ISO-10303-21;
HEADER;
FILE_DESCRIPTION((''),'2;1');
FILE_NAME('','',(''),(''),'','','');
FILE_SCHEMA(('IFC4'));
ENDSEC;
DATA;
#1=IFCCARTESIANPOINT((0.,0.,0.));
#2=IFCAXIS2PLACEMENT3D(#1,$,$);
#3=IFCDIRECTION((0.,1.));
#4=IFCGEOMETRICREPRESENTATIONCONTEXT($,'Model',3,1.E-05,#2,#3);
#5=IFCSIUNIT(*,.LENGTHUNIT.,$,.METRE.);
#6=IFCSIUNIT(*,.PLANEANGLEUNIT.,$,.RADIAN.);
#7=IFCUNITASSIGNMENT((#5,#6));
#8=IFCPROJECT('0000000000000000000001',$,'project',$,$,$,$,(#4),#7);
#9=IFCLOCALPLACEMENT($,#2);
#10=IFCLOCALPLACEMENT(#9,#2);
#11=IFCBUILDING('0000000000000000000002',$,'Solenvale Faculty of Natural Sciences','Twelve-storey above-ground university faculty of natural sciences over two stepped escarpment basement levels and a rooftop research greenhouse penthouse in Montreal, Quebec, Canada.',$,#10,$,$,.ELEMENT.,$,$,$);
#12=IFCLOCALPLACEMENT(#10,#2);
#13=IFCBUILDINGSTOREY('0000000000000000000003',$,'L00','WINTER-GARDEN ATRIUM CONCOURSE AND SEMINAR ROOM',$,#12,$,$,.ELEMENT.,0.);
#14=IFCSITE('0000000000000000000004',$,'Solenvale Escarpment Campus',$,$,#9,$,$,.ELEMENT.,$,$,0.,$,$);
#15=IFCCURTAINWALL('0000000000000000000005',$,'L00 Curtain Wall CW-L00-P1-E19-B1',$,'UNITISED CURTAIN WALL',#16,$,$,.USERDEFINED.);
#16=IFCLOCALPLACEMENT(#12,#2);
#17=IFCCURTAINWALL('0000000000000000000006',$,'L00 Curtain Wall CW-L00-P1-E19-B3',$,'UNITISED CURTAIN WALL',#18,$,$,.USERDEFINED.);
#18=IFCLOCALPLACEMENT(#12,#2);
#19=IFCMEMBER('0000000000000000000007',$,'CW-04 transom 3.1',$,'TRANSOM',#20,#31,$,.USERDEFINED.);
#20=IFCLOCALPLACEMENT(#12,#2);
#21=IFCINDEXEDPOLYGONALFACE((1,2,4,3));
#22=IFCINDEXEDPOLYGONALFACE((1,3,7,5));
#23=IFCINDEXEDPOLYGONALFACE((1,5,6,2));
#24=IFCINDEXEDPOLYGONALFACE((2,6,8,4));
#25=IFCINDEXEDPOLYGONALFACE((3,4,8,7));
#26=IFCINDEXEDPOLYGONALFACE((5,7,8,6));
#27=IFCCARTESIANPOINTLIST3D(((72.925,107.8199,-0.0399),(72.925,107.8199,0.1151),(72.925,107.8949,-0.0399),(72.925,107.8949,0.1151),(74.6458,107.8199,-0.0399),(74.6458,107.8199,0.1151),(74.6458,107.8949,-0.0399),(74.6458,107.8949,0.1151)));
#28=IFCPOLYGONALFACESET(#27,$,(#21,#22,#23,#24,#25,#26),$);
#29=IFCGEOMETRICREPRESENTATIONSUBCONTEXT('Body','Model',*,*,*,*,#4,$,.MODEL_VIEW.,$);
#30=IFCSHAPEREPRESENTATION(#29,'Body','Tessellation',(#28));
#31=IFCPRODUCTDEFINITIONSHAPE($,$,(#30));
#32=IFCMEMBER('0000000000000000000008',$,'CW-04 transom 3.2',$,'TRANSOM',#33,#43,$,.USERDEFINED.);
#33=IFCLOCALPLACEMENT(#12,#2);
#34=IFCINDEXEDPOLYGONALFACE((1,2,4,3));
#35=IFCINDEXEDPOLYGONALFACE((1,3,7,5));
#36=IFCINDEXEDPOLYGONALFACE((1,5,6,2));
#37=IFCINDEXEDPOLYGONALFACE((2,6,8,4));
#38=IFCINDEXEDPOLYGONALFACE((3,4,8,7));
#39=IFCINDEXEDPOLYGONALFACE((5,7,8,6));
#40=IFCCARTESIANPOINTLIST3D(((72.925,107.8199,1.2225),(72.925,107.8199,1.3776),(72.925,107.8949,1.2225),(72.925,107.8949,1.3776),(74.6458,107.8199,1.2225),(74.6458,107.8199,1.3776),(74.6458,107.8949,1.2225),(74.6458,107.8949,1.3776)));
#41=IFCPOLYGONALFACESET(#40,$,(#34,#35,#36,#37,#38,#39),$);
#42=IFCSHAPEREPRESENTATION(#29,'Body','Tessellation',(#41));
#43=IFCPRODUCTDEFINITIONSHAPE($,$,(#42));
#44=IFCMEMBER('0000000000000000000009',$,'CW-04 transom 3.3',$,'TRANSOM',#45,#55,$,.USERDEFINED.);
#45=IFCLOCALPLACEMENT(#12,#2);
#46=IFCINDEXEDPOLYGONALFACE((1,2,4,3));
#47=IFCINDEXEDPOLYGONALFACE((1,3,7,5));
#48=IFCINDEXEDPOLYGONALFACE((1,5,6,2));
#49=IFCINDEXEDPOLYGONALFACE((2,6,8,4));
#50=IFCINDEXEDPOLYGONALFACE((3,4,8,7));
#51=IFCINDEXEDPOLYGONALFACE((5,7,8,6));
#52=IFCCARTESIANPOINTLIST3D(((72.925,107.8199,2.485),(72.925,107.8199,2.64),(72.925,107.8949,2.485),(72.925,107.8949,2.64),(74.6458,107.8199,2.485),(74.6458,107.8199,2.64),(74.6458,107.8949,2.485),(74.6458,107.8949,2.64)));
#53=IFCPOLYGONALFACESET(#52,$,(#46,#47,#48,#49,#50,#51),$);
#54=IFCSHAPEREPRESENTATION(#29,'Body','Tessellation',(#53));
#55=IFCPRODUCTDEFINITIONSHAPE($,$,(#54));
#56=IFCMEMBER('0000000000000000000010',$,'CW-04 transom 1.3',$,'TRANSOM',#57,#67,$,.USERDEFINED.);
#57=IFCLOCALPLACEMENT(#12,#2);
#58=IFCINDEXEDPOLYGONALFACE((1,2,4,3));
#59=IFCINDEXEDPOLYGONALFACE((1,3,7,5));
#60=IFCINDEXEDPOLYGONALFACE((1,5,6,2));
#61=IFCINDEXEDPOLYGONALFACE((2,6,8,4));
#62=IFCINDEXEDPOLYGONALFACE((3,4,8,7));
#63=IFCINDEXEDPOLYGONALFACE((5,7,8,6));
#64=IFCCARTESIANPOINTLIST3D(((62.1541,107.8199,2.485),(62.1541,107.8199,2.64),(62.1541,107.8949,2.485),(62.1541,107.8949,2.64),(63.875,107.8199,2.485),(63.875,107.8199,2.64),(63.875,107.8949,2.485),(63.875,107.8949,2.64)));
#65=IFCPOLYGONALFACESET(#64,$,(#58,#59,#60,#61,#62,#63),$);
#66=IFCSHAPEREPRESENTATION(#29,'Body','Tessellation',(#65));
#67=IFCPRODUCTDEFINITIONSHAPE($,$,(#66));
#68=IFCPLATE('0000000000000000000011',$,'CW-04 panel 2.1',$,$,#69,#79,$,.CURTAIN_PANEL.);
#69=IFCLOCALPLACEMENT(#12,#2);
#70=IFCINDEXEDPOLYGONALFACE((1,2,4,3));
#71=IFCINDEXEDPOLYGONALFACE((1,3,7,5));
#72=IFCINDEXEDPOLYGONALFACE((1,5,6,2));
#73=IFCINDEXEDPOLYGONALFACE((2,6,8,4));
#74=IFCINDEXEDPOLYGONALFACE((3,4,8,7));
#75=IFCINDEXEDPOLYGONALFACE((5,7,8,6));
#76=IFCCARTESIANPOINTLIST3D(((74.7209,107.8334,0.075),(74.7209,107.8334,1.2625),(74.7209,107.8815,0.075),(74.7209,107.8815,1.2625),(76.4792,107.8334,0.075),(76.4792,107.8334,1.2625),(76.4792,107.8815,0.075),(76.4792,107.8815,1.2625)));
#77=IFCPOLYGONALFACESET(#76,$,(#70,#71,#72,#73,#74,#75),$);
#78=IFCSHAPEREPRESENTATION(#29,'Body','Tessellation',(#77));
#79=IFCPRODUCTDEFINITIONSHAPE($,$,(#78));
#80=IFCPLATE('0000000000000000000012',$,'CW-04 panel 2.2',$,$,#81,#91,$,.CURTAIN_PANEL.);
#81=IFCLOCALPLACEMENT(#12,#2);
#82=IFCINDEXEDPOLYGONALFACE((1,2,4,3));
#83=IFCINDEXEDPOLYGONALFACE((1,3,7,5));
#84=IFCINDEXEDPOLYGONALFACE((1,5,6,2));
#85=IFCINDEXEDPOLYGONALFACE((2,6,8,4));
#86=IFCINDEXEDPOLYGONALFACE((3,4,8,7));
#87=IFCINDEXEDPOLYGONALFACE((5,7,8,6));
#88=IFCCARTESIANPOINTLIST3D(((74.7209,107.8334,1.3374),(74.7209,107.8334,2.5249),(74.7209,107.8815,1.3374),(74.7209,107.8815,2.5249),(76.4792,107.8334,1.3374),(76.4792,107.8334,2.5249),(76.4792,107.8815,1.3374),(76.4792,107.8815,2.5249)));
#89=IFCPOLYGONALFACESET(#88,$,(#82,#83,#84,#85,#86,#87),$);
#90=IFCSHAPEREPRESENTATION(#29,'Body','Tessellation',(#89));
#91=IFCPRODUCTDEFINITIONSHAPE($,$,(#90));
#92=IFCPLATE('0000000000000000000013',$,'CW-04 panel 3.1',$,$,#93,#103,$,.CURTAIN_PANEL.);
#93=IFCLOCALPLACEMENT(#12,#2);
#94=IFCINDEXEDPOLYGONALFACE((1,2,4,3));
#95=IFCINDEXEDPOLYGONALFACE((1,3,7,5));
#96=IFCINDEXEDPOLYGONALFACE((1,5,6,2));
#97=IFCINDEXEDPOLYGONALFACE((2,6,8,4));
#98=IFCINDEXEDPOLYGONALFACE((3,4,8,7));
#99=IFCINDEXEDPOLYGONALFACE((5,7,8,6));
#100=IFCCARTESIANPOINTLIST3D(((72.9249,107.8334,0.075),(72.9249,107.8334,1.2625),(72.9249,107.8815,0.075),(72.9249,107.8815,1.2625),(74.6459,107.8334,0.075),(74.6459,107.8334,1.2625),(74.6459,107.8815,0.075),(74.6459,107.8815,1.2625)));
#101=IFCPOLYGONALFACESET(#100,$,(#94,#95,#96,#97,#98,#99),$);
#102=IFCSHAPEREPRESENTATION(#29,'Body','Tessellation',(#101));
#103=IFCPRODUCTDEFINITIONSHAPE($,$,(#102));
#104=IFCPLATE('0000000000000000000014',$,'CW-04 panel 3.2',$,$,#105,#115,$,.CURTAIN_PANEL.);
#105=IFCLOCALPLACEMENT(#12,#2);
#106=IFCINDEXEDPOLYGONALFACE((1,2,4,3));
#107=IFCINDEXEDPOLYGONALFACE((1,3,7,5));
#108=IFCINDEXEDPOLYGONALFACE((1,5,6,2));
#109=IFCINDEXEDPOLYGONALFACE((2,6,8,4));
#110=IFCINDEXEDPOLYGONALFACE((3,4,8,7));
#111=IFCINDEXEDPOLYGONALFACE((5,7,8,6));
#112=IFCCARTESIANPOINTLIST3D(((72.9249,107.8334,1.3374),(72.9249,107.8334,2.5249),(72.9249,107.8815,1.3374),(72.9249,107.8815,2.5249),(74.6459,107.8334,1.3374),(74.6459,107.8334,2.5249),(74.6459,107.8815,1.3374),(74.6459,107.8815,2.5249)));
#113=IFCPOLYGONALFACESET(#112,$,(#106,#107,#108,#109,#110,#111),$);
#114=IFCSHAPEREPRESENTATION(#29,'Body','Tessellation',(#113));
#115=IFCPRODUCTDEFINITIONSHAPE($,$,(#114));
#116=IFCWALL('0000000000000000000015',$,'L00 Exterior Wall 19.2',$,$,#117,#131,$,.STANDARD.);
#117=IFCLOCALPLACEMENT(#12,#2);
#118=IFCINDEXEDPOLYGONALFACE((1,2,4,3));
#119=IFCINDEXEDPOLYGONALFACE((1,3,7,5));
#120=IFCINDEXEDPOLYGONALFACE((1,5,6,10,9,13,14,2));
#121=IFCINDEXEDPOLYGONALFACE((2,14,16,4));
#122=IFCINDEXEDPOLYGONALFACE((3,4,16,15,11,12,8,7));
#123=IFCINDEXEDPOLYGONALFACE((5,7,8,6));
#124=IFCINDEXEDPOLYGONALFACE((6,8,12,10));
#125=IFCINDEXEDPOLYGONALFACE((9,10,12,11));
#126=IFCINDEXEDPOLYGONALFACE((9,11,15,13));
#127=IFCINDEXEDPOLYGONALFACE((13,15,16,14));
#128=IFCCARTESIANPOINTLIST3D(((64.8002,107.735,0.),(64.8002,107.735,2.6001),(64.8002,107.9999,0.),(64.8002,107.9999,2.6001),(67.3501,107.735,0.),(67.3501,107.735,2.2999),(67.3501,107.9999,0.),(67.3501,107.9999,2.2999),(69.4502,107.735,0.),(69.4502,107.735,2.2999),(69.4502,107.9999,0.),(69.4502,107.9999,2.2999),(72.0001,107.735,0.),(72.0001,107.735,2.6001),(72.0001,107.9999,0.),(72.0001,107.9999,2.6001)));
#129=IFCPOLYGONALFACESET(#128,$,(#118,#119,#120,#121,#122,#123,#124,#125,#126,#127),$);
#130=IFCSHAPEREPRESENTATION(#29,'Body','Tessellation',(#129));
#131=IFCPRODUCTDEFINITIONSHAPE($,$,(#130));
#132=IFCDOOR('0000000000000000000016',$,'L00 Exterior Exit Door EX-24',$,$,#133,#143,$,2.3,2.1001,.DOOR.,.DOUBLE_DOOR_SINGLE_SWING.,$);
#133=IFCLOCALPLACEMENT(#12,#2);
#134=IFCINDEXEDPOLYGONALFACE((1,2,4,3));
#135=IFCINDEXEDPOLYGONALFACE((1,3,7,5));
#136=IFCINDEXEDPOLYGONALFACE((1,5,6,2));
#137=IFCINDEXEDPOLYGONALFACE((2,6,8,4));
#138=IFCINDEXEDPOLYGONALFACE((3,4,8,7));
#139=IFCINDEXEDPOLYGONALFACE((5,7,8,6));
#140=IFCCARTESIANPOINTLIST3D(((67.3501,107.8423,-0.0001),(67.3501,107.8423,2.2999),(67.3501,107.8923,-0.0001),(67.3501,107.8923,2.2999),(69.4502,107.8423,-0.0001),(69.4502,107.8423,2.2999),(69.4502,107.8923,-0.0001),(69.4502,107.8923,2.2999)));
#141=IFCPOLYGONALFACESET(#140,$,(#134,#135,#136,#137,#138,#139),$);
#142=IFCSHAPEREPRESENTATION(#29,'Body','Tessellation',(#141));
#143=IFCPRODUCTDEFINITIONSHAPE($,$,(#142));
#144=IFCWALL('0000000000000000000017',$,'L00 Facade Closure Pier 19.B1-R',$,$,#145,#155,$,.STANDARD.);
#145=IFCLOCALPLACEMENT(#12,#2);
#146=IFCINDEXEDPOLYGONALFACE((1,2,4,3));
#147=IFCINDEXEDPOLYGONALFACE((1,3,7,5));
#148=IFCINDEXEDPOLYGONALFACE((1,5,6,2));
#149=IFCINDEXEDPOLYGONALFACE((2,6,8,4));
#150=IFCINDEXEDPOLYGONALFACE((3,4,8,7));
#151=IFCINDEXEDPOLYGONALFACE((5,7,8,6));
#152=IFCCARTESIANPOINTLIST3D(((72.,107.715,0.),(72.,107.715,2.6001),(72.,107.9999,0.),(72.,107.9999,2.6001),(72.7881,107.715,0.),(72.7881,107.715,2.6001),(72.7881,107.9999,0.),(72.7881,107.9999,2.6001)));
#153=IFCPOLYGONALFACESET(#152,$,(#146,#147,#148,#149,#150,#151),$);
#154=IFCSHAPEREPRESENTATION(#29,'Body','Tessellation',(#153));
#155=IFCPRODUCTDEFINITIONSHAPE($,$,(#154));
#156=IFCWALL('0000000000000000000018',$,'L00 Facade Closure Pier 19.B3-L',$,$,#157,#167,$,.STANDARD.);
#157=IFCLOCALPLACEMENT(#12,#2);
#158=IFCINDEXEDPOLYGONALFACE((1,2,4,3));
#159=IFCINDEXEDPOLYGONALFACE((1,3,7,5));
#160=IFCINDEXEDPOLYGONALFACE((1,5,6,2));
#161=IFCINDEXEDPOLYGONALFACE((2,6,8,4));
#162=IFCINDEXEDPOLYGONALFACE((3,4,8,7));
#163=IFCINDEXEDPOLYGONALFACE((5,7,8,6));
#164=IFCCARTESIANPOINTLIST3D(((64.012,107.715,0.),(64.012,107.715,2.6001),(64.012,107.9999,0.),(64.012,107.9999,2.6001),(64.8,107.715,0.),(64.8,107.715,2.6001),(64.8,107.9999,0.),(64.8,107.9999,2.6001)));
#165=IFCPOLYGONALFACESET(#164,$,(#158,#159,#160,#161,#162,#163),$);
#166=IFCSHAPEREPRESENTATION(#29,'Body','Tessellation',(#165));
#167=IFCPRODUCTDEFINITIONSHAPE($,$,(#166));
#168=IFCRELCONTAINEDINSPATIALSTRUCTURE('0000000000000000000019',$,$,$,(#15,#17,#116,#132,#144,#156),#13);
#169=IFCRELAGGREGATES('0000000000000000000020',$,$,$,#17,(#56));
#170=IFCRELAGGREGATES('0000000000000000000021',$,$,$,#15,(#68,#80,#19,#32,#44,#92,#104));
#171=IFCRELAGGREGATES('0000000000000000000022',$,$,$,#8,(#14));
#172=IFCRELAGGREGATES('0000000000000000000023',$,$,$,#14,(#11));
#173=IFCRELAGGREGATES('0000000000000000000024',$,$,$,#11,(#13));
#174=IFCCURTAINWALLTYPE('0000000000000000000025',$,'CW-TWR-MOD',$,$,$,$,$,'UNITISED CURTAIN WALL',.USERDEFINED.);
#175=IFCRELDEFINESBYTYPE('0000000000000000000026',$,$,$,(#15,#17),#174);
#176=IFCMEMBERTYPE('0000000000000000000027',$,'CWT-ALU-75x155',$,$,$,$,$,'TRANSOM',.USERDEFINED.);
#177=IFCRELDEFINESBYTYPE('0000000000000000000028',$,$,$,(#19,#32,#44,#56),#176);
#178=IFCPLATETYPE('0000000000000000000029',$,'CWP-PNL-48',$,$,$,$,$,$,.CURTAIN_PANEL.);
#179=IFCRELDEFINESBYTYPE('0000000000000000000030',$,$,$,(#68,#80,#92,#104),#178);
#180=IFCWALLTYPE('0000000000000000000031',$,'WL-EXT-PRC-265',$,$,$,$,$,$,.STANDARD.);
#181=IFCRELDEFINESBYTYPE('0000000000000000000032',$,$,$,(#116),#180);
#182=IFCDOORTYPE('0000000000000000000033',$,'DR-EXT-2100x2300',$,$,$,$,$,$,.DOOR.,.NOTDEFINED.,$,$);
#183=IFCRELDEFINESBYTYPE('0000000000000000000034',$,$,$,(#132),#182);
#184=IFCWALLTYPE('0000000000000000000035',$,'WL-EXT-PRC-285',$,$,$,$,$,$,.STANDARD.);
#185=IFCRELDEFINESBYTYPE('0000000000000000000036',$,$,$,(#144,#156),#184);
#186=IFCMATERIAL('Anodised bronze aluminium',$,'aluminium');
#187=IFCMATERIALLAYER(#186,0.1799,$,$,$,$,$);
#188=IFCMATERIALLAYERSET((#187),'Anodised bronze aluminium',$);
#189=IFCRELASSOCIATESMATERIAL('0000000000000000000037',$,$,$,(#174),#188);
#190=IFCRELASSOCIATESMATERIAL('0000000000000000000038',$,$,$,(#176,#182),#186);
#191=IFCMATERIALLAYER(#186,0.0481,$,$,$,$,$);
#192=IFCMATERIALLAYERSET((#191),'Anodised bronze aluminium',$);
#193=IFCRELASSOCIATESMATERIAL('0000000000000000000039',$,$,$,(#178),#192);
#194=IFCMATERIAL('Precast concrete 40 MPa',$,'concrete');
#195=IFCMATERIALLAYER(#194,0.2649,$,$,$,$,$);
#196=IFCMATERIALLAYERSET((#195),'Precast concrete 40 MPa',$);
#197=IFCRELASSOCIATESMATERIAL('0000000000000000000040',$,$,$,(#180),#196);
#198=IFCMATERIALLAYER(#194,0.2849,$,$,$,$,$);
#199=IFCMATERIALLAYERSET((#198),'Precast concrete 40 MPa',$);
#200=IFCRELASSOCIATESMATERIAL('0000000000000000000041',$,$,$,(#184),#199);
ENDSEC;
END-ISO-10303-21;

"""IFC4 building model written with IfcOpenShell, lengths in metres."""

from ifc_helpers import new_model, si_unit, direction, frame, frame_2d, origin, origin_2d, place, context, subcontext, project, spatial, rectangle, extrude, material, layer, layer_set, material_profile, profile_set, type_object, element, fill, aggregate, save


model = new_model("IFC4")

# Units and contexts
model_context = context("Model", 3, precision=1e-05, world=origin(), true_north=direction((0.0, 1.0)))
body_context = subcontext(model_context, "Body", "Model", "MODEL_VIEW")
ifc_project = project(units=[si_unit("LENGTHUNIT", "METRE"), si_unit("PLANEANGLEUNIT", "RADIAN")], contexts=[model_context])

# Site, building, storey
site_placement = place(None, origin())
site = spatial("IfcSite", under=ifc_project, at=site_placement, Name="Solenvale Escarpment Campus", CompositionType="ELEMENT", RefElevation=0.0)
building_placement = place(site_placement, origin())
building = spatial("IfcBuilding", under=site, at=building_placement, Name="Solenvale Faculty of Natural Sciences", Description="Twelve-storey above-ground university faculty of natural sciences over two stepped escarpment basement levels and a rooftop research greenhouse penthouse in Montreal, Quebec, Canada.", CompositionType="ELEMENT")
storey_placement = place(building_placement, origin())
storey = spatial("IfcBuildingStorey", under=building, at=storey_placement, Name="L00", Description="WINTER-GARDEN ATRIUM CONCOURSE AND SEMINAR ROOM", CompositionType="ELEMENT", Elevation=0.0)

# Curtain wall
ifc_material_1 = material(Name="Anodised bronze aluminium", Category="aluminium")
ifc_layer_1 = layer(ifc_material_1, 0.1799)
ifc_layer_set_1 = layer_set([ifc_layer_1], Name="Anodised bronze aluminium")
curtain_wall_type = type_object("IfcCurtainWallType", Name="CW-TWR-MOD", ElementType="UNITISED CURTAIN WALL", PredefinedType="USERDEFINED", material=ifc_layer_set_1)
curtain_wall_1_placement = place(storey_placement, origin())
curtain_wall_1 = element("IfcCurtainWall", 1, at=curtain_wall_1_placement, inside=storey, type_object=curtain_wall_type, Name="L00 Curtain Wall CW-L00-P1-E19-B1", ObjectType="UNITISED CURTAIN WALL", PredefinedType="USERDEFINED")

# Curtain wall
curtain_wall_2_placement = place(storey_placement, origin())
curtain_wall_2 = element("IfcCurtainWall", 2, at=curtain_wall_2_placement, inside=storey, type_object=curtain_wall_type, Name="L00 Curtain Wall CW-L00-P1-E19-B3", ObjectType="UNITISED CURTAIN WALL", PredefinedType="USERDEFINED")

# Members
ifc_material_profile_1 = material_profile(ifc_material_1, rectangle(XDim=0.075, YDim=0.155, at=origin_2d()), Name="ALU-TRN-75x155")
ifc_profile_set_1 = profile_set([ifc_material_profile_1], Name="Anodised bronze aluminium")
member_type_1 = type_object("IfcMemberType", Name="CWT-ALU-75x155", ElementType="TRANSOM", PredefinedType="USERDEFINED", material=ifc_profile_set_1)
member_1_placement = place(storey_placement, frame((74.6458, 107.8574, 0.0376), z_axis=(-1.0, 0.0, 0.0), x_axis=(0.0, -1.0, 0.0)))
member_1 = element("IfcMember", 3, at=member_1_placement, type_object=member_type_1, Name="CW-04 transom 3.1", ObjectType="TRANSOM", PredefinedType="USERDEFINED", context=body_context, shape_type="SweptSolid", body=[
    extrude(rectangle(XDim=0.075, YDim=0.155, at=origin_2d()), origin(), (0.0, 0.0, 1.0), 1.7207),
])
member_2_placement = place(storey_placement, frame((74.6458, 107.8574, 1.3), z_axis=(-1.0, 0.0, 0.0), x_axis=(0.0, -1.0, 0.0)))
member_2 = element("IfcMember", 4, at=member_2_placement, type_object=member_type_1, Name="CW-04 transom 3.2", ObjectType="TRANSOM", PredefinedType="USERDEFINED", context=body_context, shape_type="SweptSolid", body=[
    extrude(rectangle(XDim=0.075, YDim=0.155, at=origin_2d()), origin(), (0.0, 0.0, 1.0), 1.7207),
])
member_3_placement = place(storey_placement, frame((74.6458, 107.8574, 2.5625), z_axis=(-1.0, 0.0, 0.0), x_axis=(0.0, -1.0, 0.0)))
member_3 = element("IfcMember", 5, at=member_3_placement, type_object=member_type_1, Name="CW-04 transom 3.3", ObjectType="TRANSOM", PredefinedType="USERDEFINED", context=body_context, shape_type="SweptSolid", body=[
    extrude(rectangle(XDim=0.075, YDim=0.155, at=origin_2d()), origin(), (0.0, 0.0, 1.0), 1.7207),
])
member_4_placement = place(storey_placement, frame((63.875, 107.8574, 2.5625), z_axis=(-1.0, 0.0, 0.0), x_axis=(0.0, -1.0, 0.0)))
member_4 = element("IfcMember", 6, at=member_4_placement, type_object=member_type_1, Name="CW-04 transom 1.3", ObjectType="TRANSOM", PredefinedType="USERDEFINED", context=body_context, shape_type="SweptSolid", body=[
    extrude(rectangle(XDim=0.075, YDim=0.155, at=origin_2d()), origin(), (0.0, 0.0, 1.0), 1.7209),
])
aggregate(curtain_wall_2, [member_4])

# Plates
ifc_layer_2 = layer(ifc_material_1, 0.0481)
ifc_layer_set_2 = layer_set([ifc_layer_2], Name="Anodised bronze aluminium")
plate_type = type_object("IfcPlateType", Name="CWP-PNL-48", PredefinedType="CURTAIN_PANEL", material=ifc_layer_set_2)
plate_1_placement = place(storey_placement, frame((75.6001, 107.8574, 0.075), z_axis=(0.0, 0.0, 1.0), x_axis=(-1.0, 0.0, 0.0)))
plate_1 = element("IfcPlate", 7, at=plate_1_placement, type_object=plate_type, Name="CW-04 panel 2.1", PredefinedType="CURTAIN_PANEL", context=body_context, shape_type="SweptSolid", body=[
    extrude(rectangle(XDim=1.7583, YDim=0.0481, at=origin_2d()), origin(), (0.0, 0.0, 1.0), 1.1875),
])
plate_2_placement = place(storey_placement, frame((75.6001, 107.8574, 1.3374), z_axis=(0.0, 0.0, 1.0), x_axis=(-1.0, 0.0, 0.0)))
plate_2 = element("IfcPlate", 8, at=plate_2_placement, type_object=plate_type, Name="CW-04 panel 2.2", PredefinedType="CURTAIN_PANEL", context=body_context, shape_type="SweptSolid", body=[
    extrude(rectangle(XDim=1.7583, YDim=0.0481, at=origin_2d()), origin(), (0.0, 0.0, 1.0), 1.1875),
])
plate_3_placement = place(storey_placement, frame((73.7854, 107.8574, 0.075), z_axis=(0.0, 0.0, 1.0), x_axis=(-1.0, 0.0, 0.0)))
plate_3 = element("IfcPlate", 9, at=plate_3_placement, type_object=plate_type, Name="CW-04 panel 3.1", PredefinedType="CURTAIN_PANEL", context=body_context, shape_type="SweptSolid", body=[
    extrude(rectangle(XDim=1.7209, YDim=0.0481, at=origin_2d()), origin(), (0.0, 0.0, 1.0), 1.1875),
])
plate_4_placement = place(storey_placement, frame((73.7854, 107.8574, 1.3374), z_axis=(0.0, 0.0, 1.0), x_axis=(-1.0, 0.0, 0.0)))
plate_4 = element("IfcPlate", 10, at=plate_4_placement, type_object=plate_type, Name="CW-04 panel 3.2", PredefinedType="CURTAIN_PANEL", context=body_context, shape_type="SweptSolid", body=[
    extrude(rectangle(XDim=1.7209, YDim=0.0481, at=origin_2d()), origin(), (0.0, 0.0, 1.0), 1.1875),
])
aggregate(curtain_wall_1, [plate_1, plate_2, member_1, member_2, member_3, plate_3, plate_4])

# Wall, opening, door
ifc_material_2 = material(Name="Precast concrete 40 MPa", Category="concrete")
ifc_layer_3 = layer(ifc_material_2, 0.2649)
ifc_layer_set_3 = layer_set([ifc_layer_3], Name="Precast concrete 40 MPa")
wall_type_1 = type_object("IfcWallType", Name="WL-EXT-PRC-265", PredefinedType="STANDARD", material=ifc_layer_set_3)
wall_placement = place(storey_placement, frame((64.8, 107.8674, 0.0), z_axis=(0.0, 0.0, 1.0), x_axis=(1.0, 0.0, 0.0)))
wall = element("IfcWall", 11, at=wall_placement, inside=storey, type_object=wall_type_1, Name="L00 Exterior Wall 19.2", PredefinedType="STANDARD", context=body_context, shape_type="SweptSolid", body=[
    extrude(rectangle(XDim=7.2, YDim=0.2649, at=frame_2d((3.6001, 0.0))), origin(), (0.0, 0.0, 1.0), 2.6001),
])
opening_placement = place(wall_placement, frame((2.55, 0.0, 0.0)))
opening = element("IfcOpeningElement", 12, at=opening_placement, cuts=wall, PredefinedType="OPENING", context=body_context, shape_type="SweptSolid", body=[
    extrude(rectangle(XDim=2.1001, YDim=2.3, at=frame_2d((1.05, 1.1499))), frame((0.0, 0.1423, 0.0), z_axis=(0.0, -1.0, 0.0), x_axis=(1.0, 0.0, 0.0)), (0.0, 0.0, 1.0), 0.2849),
])
door_type = type_object("IfcDoorType", Name="DR-EXT-2100x2300", OperationType="NOTDEFINED", PredefinedType="DOOR", material=ifc_material_1)
door_placement = place(opening_placement, origin())
door = element("IfcDoor", 13, at=door_placement, inside=storey, type_object=door_type, Name="L00 Exterior Exit Door EX-24", OperationType="DOUBLE_DOOR_SINGLE_SWING", OverallHeight=2.3, OverallWidth=2.1001, PredefinedType="DOOR", context=body_context, shape_type="SweptSolid", body=[
    extrude(rectangle(XDim=2.1001, YDim=2.3, at=frame_2d((1.05, 1.1499))), frame((0.0, 0.0249, 0.0), z_axis=(0.0, -1.0, 0.0), x_axis=(1.0, 0.0, 0.0)), (0.0, 0.0, 1.0), 0.05),
])
fill(opening, door)

# Walls
ifc_layer_4 = layer(ifc_material_2, 0.2849)
ifc_layer_set_4 = layer_set([ifc_layer_4], Name="Precast concrete 40 MPa")
wall_type_2 = type_object("IfcWallType", Name="WL-EXT-PRC-285", PredefinedType="STANDARD", material=ifc_layer_set_4)
for number, where, z_axis, x_axis, name in (
    (14, (72.7881, 107.8574, 0.0), (0.0, 0.0, 1.0), (-1.0, 0.0, 0.0), "L00 Facade Closure Pier 19.B1-R"),
    (15, (64.8, 107.8574, 0.0), (0.0, 0.0, 1.0), (-1.0, 0.0, 0.0), "L00 Facade Closure Pier 19.B3-L"),
):
    element("IfcWall", number, at=place(storey_placement, frame(where, z_axis=z_axis, x_axis=x_axis)), inside=storey, type_object=wall_type_2, Name=name, PredefinedType="STANDARD", context=body_context, shape_type="SweptSolid", body=[
        extrude(rectangle(XDim=0.7881, YDim=0.2849, at=frame_2d((0.394, 0.0))), origin(), (0.0, 0.0, 1.0), 2.6001),
    ])

save(model, "model.ifc")
